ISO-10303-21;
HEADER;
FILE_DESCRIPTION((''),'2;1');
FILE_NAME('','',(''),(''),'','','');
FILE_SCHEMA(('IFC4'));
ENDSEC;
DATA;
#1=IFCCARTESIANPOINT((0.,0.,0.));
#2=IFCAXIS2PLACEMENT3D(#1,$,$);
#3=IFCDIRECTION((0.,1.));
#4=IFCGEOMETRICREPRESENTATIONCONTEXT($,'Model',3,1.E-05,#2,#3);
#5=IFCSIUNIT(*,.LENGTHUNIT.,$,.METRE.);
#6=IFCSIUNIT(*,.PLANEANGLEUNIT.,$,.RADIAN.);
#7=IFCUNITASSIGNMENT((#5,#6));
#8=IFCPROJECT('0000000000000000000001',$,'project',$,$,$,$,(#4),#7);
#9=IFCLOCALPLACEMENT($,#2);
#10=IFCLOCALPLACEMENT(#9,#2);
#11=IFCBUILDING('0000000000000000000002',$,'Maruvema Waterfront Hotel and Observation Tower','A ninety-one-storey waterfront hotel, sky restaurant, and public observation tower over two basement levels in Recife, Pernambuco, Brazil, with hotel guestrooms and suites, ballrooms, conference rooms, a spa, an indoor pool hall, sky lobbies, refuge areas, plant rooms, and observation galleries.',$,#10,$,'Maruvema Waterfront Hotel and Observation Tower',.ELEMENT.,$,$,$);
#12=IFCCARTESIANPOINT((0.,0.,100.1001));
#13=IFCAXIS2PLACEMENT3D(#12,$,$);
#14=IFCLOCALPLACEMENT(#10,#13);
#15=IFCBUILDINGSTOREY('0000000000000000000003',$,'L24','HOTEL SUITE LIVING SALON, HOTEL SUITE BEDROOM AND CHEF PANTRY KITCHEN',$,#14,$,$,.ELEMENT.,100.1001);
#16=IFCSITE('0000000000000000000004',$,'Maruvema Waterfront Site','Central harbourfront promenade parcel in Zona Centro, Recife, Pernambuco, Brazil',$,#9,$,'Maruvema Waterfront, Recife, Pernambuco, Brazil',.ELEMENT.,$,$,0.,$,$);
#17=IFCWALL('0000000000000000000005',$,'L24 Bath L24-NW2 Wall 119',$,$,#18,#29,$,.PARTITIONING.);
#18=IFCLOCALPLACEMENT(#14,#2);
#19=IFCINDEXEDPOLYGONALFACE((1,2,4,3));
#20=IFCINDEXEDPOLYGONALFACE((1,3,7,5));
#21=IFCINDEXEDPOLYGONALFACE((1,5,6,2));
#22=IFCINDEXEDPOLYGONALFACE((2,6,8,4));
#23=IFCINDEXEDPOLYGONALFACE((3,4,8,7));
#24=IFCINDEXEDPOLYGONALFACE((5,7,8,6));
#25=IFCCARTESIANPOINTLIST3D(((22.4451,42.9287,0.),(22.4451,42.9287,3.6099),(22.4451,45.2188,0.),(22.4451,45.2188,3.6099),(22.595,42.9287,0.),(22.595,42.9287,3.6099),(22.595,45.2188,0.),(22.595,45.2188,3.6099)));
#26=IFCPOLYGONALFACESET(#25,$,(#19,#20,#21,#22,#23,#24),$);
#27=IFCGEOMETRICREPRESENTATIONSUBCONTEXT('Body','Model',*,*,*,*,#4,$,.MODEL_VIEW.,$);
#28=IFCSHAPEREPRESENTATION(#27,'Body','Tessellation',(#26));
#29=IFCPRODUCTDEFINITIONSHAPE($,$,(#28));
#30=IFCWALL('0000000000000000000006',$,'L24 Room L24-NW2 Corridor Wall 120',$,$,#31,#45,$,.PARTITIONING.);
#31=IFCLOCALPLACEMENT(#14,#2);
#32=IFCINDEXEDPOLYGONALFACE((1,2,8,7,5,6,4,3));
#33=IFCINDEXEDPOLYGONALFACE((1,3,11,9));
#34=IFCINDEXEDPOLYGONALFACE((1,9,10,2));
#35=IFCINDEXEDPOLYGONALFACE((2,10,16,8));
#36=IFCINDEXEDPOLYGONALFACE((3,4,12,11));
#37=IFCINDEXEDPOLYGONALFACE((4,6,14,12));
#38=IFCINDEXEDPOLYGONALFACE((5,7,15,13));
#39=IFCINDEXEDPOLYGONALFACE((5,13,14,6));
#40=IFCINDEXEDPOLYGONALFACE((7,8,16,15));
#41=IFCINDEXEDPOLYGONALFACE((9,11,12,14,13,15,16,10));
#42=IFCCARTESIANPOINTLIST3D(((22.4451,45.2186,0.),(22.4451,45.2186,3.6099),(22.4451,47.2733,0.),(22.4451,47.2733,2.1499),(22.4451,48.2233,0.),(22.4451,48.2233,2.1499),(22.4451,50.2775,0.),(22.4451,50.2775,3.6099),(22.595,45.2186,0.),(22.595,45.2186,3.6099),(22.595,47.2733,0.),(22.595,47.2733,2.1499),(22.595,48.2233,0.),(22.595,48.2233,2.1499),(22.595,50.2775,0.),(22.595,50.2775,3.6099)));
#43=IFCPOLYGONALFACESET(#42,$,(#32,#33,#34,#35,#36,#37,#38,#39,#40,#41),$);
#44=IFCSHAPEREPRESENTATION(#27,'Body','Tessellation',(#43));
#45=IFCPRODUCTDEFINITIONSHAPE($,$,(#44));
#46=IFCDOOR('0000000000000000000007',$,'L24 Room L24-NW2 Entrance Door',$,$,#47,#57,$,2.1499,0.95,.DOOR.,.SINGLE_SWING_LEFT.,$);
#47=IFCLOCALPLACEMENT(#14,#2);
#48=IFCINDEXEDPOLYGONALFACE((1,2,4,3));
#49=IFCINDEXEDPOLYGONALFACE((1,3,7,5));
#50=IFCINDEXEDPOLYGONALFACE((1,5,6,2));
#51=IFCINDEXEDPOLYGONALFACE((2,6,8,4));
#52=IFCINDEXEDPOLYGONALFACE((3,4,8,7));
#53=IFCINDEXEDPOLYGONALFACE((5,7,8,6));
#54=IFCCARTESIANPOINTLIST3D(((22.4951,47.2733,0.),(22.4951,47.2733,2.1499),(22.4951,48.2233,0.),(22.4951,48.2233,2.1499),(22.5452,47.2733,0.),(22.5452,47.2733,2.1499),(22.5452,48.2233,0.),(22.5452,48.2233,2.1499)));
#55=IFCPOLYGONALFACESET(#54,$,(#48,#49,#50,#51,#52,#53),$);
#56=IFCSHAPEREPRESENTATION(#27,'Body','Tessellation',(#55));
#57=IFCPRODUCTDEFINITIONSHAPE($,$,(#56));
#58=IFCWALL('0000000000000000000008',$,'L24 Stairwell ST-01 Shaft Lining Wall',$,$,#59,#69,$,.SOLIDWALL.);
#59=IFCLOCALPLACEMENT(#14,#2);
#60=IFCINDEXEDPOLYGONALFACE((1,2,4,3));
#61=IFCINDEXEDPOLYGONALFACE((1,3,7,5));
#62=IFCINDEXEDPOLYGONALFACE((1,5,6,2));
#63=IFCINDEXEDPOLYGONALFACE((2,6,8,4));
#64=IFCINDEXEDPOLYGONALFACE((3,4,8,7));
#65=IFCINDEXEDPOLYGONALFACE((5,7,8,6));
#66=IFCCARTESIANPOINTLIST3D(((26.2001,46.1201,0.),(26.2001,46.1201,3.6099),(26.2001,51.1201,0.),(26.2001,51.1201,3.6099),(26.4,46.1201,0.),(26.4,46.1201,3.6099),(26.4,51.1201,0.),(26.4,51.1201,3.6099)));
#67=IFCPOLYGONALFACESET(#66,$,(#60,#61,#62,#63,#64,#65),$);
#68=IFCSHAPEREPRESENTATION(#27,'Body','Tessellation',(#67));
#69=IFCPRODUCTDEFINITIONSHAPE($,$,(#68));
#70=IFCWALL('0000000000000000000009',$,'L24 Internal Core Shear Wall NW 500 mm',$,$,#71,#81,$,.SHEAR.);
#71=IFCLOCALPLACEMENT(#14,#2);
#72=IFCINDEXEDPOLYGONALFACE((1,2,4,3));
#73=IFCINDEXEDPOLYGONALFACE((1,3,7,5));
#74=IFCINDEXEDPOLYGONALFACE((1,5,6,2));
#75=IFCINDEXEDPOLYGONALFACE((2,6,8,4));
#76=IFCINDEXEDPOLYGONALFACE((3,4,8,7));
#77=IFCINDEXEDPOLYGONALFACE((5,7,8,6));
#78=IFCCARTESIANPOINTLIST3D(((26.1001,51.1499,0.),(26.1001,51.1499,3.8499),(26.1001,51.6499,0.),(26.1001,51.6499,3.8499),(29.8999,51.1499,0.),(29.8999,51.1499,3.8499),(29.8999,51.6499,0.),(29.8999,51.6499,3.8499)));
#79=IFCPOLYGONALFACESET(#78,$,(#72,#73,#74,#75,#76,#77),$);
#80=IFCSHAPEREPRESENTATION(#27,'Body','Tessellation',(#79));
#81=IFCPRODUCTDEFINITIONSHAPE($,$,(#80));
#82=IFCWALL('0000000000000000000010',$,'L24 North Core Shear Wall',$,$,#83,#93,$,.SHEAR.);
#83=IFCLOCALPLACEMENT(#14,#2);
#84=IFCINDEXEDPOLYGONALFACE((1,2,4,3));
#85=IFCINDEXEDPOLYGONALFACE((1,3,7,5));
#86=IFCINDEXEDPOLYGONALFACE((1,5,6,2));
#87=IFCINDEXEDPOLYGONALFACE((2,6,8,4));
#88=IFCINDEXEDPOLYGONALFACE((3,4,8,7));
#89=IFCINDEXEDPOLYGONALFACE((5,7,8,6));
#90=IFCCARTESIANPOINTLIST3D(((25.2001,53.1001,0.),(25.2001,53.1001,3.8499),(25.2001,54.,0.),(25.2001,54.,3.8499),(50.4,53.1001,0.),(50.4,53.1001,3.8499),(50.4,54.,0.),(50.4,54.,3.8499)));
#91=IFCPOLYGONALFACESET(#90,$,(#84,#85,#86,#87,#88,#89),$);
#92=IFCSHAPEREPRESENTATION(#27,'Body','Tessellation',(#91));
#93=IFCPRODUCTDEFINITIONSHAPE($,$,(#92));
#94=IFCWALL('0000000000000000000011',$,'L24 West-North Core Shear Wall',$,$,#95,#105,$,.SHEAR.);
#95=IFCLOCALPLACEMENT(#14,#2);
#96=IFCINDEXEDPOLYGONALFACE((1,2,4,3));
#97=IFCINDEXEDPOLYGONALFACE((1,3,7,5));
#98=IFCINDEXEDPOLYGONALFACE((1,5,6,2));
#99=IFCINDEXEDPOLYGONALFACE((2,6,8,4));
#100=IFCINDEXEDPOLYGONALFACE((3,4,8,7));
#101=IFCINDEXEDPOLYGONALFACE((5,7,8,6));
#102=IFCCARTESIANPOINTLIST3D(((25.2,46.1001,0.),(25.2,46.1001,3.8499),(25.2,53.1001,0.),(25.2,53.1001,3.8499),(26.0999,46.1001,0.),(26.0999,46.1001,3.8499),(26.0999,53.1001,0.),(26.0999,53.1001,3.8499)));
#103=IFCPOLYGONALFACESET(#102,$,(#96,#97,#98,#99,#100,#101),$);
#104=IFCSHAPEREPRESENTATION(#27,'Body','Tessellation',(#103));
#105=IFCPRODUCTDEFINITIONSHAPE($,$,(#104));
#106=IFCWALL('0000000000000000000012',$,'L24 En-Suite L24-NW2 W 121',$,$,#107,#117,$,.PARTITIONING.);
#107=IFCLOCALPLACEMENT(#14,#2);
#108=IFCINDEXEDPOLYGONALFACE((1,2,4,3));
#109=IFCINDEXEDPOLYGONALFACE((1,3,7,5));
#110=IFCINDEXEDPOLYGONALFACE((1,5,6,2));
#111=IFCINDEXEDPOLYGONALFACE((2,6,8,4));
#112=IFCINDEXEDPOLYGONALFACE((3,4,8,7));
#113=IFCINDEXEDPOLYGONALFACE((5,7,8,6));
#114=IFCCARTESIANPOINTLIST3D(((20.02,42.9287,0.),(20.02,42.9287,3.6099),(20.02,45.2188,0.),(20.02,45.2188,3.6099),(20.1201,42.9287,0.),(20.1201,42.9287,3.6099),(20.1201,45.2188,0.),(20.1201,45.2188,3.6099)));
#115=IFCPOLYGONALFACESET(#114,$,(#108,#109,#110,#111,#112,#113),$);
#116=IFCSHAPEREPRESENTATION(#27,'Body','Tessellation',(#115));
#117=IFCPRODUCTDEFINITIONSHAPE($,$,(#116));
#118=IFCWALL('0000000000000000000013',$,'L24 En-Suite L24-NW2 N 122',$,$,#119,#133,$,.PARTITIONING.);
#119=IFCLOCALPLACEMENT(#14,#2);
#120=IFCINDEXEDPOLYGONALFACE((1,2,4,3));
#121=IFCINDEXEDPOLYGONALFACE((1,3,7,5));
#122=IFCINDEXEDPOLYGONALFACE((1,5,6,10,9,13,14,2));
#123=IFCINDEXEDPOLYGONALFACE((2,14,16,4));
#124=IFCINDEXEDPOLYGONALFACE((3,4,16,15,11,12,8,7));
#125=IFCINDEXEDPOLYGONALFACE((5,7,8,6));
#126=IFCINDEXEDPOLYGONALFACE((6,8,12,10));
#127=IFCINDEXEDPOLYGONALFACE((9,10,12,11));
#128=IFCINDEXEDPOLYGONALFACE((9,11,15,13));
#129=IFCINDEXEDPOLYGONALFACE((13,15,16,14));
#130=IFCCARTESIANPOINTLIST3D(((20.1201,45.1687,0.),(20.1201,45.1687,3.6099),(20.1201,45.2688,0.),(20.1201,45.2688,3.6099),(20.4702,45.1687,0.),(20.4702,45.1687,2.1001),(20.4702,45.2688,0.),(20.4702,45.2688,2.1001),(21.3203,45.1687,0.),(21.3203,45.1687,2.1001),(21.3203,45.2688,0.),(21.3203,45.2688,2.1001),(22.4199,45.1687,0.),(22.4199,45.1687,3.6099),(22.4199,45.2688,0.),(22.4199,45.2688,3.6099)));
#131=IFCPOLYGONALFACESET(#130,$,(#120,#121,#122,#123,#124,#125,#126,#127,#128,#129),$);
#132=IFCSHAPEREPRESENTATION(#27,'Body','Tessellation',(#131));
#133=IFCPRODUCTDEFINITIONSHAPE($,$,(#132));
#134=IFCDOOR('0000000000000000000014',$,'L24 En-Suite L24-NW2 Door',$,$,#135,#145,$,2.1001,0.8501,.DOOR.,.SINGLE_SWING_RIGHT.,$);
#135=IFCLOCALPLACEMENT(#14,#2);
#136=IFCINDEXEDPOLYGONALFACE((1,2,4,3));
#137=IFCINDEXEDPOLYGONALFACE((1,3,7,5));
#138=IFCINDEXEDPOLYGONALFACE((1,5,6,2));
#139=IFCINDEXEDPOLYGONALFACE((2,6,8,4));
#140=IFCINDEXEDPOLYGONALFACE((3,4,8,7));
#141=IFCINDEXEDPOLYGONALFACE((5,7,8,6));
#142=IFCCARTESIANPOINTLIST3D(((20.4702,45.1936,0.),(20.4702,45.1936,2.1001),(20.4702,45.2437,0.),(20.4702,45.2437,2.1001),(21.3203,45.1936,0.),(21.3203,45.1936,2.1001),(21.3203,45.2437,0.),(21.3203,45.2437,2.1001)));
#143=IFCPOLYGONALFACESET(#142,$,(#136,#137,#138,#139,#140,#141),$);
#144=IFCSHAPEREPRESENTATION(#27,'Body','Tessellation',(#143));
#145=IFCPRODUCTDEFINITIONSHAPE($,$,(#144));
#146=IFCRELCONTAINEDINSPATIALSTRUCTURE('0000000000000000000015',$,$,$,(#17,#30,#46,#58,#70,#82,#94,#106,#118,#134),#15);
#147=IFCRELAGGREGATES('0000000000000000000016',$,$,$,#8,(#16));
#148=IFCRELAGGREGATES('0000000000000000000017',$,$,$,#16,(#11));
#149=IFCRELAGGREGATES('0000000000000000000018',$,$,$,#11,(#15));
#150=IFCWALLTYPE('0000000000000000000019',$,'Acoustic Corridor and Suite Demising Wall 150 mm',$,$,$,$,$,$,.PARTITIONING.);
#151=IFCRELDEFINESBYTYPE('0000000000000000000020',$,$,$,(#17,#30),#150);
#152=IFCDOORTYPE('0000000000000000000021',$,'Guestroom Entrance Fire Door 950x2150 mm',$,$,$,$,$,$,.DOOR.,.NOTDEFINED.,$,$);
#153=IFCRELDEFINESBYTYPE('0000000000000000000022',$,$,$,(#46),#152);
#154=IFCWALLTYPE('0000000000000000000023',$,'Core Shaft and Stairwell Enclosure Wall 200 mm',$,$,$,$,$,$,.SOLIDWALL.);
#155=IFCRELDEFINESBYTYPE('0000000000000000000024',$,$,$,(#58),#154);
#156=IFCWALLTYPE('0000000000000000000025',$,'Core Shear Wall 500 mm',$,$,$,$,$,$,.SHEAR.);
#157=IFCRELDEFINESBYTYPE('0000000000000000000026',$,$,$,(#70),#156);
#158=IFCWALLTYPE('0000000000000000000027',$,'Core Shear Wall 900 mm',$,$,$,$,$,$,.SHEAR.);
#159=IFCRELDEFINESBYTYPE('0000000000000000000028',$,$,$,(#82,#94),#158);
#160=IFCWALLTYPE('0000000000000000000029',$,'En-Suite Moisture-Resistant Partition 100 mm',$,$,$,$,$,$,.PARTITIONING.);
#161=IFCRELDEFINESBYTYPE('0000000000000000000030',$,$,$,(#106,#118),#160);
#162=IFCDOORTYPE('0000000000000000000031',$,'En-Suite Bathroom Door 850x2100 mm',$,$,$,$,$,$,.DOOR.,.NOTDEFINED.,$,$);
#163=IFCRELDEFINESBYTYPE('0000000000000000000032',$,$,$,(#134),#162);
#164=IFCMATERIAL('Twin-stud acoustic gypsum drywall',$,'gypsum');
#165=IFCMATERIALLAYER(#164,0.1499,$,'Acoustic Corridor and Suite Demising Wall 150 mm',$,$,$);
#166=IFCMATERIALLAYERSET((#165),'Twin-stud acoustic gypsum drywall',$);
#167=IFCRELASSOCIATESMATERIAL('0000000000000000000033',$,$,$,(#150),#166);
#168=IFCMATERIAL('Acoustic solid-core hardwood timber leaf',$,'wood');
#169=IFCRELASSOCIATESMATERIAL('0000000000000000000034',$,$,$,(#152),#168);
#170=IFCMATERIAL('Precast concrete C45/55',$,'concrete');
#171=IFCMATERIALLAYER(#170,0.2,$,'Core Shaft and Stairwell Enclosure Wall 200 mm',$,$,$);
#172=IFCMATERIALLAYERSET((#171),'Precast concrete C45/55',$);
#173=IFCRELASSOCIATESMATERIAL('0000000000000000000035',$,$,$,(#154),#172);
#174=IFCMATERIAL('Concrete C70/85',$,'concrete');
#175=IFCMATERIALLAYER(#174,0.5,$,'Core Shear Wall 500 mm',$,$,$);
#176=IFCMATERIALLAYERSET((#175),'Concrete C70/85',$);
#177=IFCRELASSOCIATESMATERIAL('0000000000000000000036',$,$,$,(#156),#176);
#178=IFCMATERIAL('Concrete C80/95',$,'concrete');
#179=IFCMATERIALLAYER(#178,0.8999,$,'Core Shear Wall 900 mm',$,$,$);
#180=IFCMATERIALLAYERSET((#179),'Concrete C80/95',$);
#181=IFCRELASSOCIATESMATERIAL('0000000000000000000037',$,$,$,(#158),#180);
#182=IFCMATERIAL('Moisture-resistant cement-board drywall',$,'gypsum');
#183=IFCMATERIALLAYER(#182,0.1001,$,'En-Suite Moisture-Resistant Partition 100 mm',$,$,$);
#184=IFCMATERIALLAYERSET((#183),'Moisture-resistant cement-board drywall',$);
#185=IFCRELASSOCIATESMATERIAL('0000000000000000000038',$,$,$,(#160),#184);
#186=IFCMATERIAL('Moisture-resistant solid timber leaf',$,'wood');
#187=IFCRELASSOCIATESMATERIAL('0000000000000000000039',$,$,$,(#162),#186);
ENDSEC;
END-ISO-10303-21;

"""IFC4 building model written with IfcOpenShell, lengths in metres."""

from ifc_helpers import new_model, si_unit, direction, frame, frame_2d, origin, place, context, subcontext, project, spatial, rectangle, extrude, material, layer, layer_set, type_object, element, fill, save


model = new_model("IFC4")

# Units and contexts
model_context = context("Model", 3, precision=1e-05, world=origin(), true_north=direction((0.0, 1.0)))
body_context = subcontext(model_context, "Body", "Model", "MODEL_VIEW")
ifc_project = project(units=[si_unit("LENGTHUNIT", "METRE"), si_unit("PLANEANGLEUNIT", "RADIAN")], contexts=[model_context])

# Site, building, storey
site_placement = place(None, origin())
site = spatial("IfcSite", under=ifc_project, at=site_placement, Name="Maruvema Waterfront Site", Description="Central harbourfront promenade parcel in Zona Centro, Recife, Pernambuco, Brazil", LongName="Maruvema Waterfront, Recife, Pernambuco, Brazil", CompositionType="ELEMENT", RefElevation=0.0)
building_placement = place(site_placement, origin())
building = spatial("IfcBuilding", under=site, at=building_placement, Name="Maruvema Waterfront Hotel and Observation Tower", Description="A ninety-one-storey waterfront hotel, sky restaurant, and public observation tower over two basement levels in Recife, Pernambuco, Brazil, with hotel guestrooms and suites, ballrooms, conference rooms, a spa, an indoor pool hall, sky lobbies, refuge areas, plant rooms, and observation galleries.", LongName="Maruvema Waterfront Hotel and Observation Tower", CompositionType="ELEMENT")
storey_placement = place(building_placement, frame((0.0, 0.0, 100.1001)))
storey = spatial("IfcBuildingStorey", under=building, at=storey_placement, Name="L24", Description="HOTEL SUITE LIVING SALON, HOTEL SUITE BEDROOM AND CHEF PANTRY KITCHEN", CompositionType="ELEMENT", Elevation=100.1001)

# Wall
ifc_material_1 = material(Name="Twin-stud acoustic gypsum drywall", Category="gypsum")
ifc_layer_1 = layer(ifc_material_1, 0.1499, Name="Acoustic Corridor and Suite Demising Wall 150 mm")
ifc_layer_set_1 = layer_set([ifc_layer_1], Name="Twin-stud acoustic gypsum drywall")
wall_type_1 = type_object("IfcWallType", Name="Acoustic Corridor and Suite Demising Wall 150 mm", PredefinedType="PARTITIONING", material=ifc_layer_set_1)
wall_1_placement = place(storey_placement, frame((22.52, 42.9287, 0.0), z_axis=(0.0, 0.0, 1.0), x_axis=(0.0, 1.0, 0.0)))
element("IfcWall", 1, at=wall_1_placement, inside=storey, type_object=wall_type_1, Name="L24 Bath L24-NW2 Wall 119", PredefinedType="PARTITIONING", context=body_context, shape_type="SweptSolid", body=[
    extrude(rectangle(XDim=2.29, YDim=0.1499, at=frame_2d((1.145, 0.0))), origin(), (0.0, 0.0, 1.0), 3.6099),
])

# Wall, opening, door
wall_2_placement = place(storey_placement, frame((22.52, 45.2188, 0.0), z_axis=(0.0, 0.0, 1.0), x_axis=(0.0, 1.0, 0.0)))
wall_2 = element("IfcWall", 2, at=wall_2_placement, inside=storey, type_object=wall_type_1, Name="L24 Room L24-NW2 Corridor Wall 120", PredefinedType="PARTITIONING", context=body_context, shape_type="SweptSolid", body=[
    extrude(rectangle(XDim=5.0588, YDim=0.1499, at=frame_2d((2.5293, 0.0))), origin(), (0.0, 0.0, 1.0), 3.6099),
])
opening_1_placement = place(wall_2_placement, frame((2.0544, 0.0, 0.0)))
opening_1 = element("IfcOpeningElement", 3, at=opening_1_placement, cuts=wall_2, PredefinedType="OPENING", context=body_context, shape_type="SweptSolid", body=[
    extrude(rectangle(XDim=0.95, YDim=2.1499, at=frame_2d((0.4751, 1.075))), frame((0.0, 0.085, 0.0), z_axis=(0.0, -1.0, 0.0), x_axis=(1.0, 0.0, 0.0)), (0.0, 0.0, 1.0), 0.1699),
])
ifc_material_2 = material(Name="Acoustic solid-core hardwood timber leaf", Category="wood")
door_type_1 = type_object("IfcDoorType", Name="Guestroom Entrance Fire Door 950x2150 mm", OperationType="NOTDEFINED", PredefinedType="DOOR", material=ifc_material_2)
door_1_placement = place(opening_1_placement, origin())
door_1 = element("IfcDoor", 4, at=door_1_placement, inside=storey, type_object=door_type_1, Name="L24 Room L24-NW2 Entrance Door", OperationType="SINGLE_SWING_LEFT", OverallHeight=2.1499, OverallWidth=0.95, PredefinedType="DOOR", context=body_context, shape_type="SweptSolid", body=[
    extrude(rectangle(XDim=0.95, YDim=2.1499, at=frame_2d((0.4751, 1.075))), frame((0.0, 0.0249, 0.0), z_axis=(0.0, -1.0, 0.0), x_axis=(1.0, 0.0, 0.0)), (0.0, 0.0, 1.0), 0.05),
])
fill(opening_1, door_1)

# Walls
ifc_material_3 = material(Name="Precast concrete C45/55", Category="concrete")
ifc_layer_2 = layer(ifc_material_3, 0.2, Name="Core Shaft and Stairwell Enclosure Wall 200 mm")
ifc_layer_set_2 = layer_set([ifc_layer_2], Name="Precast concrete C45/55")
wall_type_2 = type_object("IfcWallType", Name="Core Shaft and Stairwell Enclosure Wall 200 mm", PredefinedType="SOLIDWALL", material=ifc_layer_set_2)
wall_3_placement = place(storey_placement, frame((26.3, 46.1201, 0.0), z_axis=(0.0, 0.0, 1.0), x_axis=(0.0, 1.0, 0.0)))
element("IfcWall", 5, at=wall_3_placement, inside=storey, type_object=wall_type_2, Name="L24 Stairwell ST-01 Shaft Lining Wall", PredefinedType="SOLIDWALL", context=body_context, shape_type="SweptSolid", body=[
    extrude(rectangle(XDim=5.0, YDim=0.2, at=frame_2d((2.5, 0.0))), origin(), (0.0, 0.0, 1.0), 3.6099),
])
ifc_material_4 = material(Name="Concrete C70/85", Category="concrete")
ifc_layer_3 = layer(ifc_material_4, 0.5, Name="Core Shear Wall 500 mm")
ifc_layer_set_3 = layer_set([ifc_layer_3], Name="Concrete C70/85")
wall_type_3 = type_object("IfcWallType", Name="Core Shear Wall 500 mm", PredefinedType="SHEAR", material=ifc_layer_set_3)
wall_4_placement = place(storey_placement, frame((26.1001, 51.3999, 0.0), z_axis=(0.0, 0.0, 1.0), x_axis=(1.0, 0.0, 0.0)))
element("IfcWall", 6, at=wall_4_placement, inside=storey, type_object=wall_type_3, Name="L24 Internal Core Shear Wall NW 500 mm", PredefinedType="SHEAR", context=body_context, shape_type="SweptSolid", body=[
    extrude(rectangle(XDim=3.7998, YDim=0.5, at=frame_2d((1.8999, 0.0))), origin(), (0.0, 0.0, 1.0), 3.8499),
])
ifc_material_5 = material(Name="Concrete C80/95", Category="concrete")
ifc_layer_4 = layer(ifc_material_5, 0.8999, Name="Core Shear Wall 900 mm")
ifc_layer_set_4 = layer_set([ifc_layer_4], Name="Concrete C80/95")
wall_type_4 = type_object("IfcWallType", Name="Core Shear Wall 900 mm", PredefinedType="SHEAR", material=ifc_layer_set_4)
wall_5_placement = place(storey_placement, frame((25.2, 53.55, 0.0), z_axis=(0.0, 0.0, 1.0), x_axis=(1.0, 0.0, 0.0)))
element("IfcWall", 7, at=wall_5_placement, inside=storey, type_object=wall_type_4, Name="L24 North Core Shear Wall", PredefinedType="SHEAR", context=body_context, shape_type="SweptSolid", body=[
    extrude(rectangle(XDim=25.2, YDim=0.8999, at=frame_2d((12.6001, 0.0))), origin(), (0.0, 0.0, 1.0), 3.8499),
])
wall_6_placement = place(storey_placement, frame((25.6499, 46.1001, 0.0), z_axis=(0.0, 0.0, 1.0), x_axis=(0.0, 1.0, 0.0)))
element("IfcWall", 8, at=wall_6_placement, inside=storey, type_object=wall_type_4, Name="L24 West-North Core Shear Wall", PredefinedType="SHEAR", context=body_context, shape_type="SweptSolid", body=[
    extrude(rectangle(XDim=7.0, YDim=0.8999, at=frame_2d((3.5, 0.0))), origin(), (0.0, 0.0, 1.0), 3.8499),
])
ifc_material_6 = material(Name="Moisture-resistant cement-board drywall", Category="gypsum")
ifc_layer_5 = layer(ifc_material_6, 0.1001, Name="En-Suite Moisture-Resistant Partition 100 mm")
ifc_layer_set_5 = layer_set([ifc_layer_5], Name="Moisture-resistant cement-board drywall")
wall_type_5 = type_object("IfcWallType", Name="En-Suite Moisture-Resistant Partition 100 mm", PredefinedType="PARTITIONING", material=ifc_layer_set_5)
wall_7_placement = place(storey_placement, frame((20.0701, 42.9287, 0.0), z_axis=(0.0, 0.0, 1.0), x_axis=(0.0, 1.0, 0.0)))
element("IfcWall", 9, at=wall_7_placement, inside=storey, type_object=wall_type_5, Name="L24 En-Suite L24-NW2 W 121", PredefinedType="PARTITIONING", context=body_context, shape_type="SweptSolid", body=[
    extrude(rectangle(XDim=2.29, YDim=0.1001, at=frame_2d((1.145, 0.0))), origin(), (0.0, 0.0, 1.0), 3.6099),
])

# Wall, opening, door
wall_8_placement = place(storey_placement, frame((20.1201, 45.2188, 0.0), z_axis=(0.0, 0.0, 1.0), x_axis=(1.0, 0.0, 0.0)))
wall_8 = element("IfcWall", 10, at=wall_8_placement, inside=storey, type_object=wall_type_5, Name="L24 En-Suite L24-NW2 N 122", PredefinedType="PARTITIONING", context=body_context, shape_type="SweptSolid", body=[
    extrude(rectangle(XDim=2.2998, YDim=0.1001, at=frame_2d((1.1499, 0.0))), origin(), (0.0, 0.0, 1.0), 3.6099),
])
opening_2_placement = place(wall_8_placement, frame((0.3501, 0.0, 0.0)))
opening_2 = element("IfcOpeningElement", 11, at=opening_2_placement, cuts=wall_8, PredefinedType="OPENING", context=body_context, shape_type="SweptSolid", body=[
    extrude(rectangle(XDim=0.8501, YDim=2.1001, at=frame_2d((0.425, 1.05))), frame((0.0, 0.0601, 0.0), z_axis=(0.0, -1.0, 0.0), x_axis=(1.0, 0.0, 0.0)), (0.0, 0.0, 1.0), 0.1201),
])
ifc_material_7 = material(Name="Moisture-resistant solid timber leaf", Category="wood")
door_type_2 = type_object("IfcDoorType", Name="En-Suite Bathroom Door 850x2100 mm", OperationType="NOTDEFINED", PredefinedType="DOOR", material=ifc_material_7)
door_2_placement = place(opening_2_placement, origin())
door_2 = element("IfcDoor", 12, at=door_2_placement, inside=storey, type_object=door_type_2, Name="L24 En-Suite L24-NW2 Door", OperationType="SINGLE_SWING_RIGHT", OverallHeight=2.1001, OverallWidth=0.8501, PredefinedType="DOOR", context=body_context, shape_type="SweptSolid", body=[
    extrude(rectangle(XDim=0.8501, YDim=2.1001, at=frame_2d((0.425, 1.05))), frame((0.0, 0.0249, 0.0), z_axis=(0.0, -1.0, 0.0), x_axis=(1.0, 0.0, 0.0)), (0.0, 0.0, 1.0), 0.05),
])
fill(opening_2, door_2)

save(model, "model.ifc")
